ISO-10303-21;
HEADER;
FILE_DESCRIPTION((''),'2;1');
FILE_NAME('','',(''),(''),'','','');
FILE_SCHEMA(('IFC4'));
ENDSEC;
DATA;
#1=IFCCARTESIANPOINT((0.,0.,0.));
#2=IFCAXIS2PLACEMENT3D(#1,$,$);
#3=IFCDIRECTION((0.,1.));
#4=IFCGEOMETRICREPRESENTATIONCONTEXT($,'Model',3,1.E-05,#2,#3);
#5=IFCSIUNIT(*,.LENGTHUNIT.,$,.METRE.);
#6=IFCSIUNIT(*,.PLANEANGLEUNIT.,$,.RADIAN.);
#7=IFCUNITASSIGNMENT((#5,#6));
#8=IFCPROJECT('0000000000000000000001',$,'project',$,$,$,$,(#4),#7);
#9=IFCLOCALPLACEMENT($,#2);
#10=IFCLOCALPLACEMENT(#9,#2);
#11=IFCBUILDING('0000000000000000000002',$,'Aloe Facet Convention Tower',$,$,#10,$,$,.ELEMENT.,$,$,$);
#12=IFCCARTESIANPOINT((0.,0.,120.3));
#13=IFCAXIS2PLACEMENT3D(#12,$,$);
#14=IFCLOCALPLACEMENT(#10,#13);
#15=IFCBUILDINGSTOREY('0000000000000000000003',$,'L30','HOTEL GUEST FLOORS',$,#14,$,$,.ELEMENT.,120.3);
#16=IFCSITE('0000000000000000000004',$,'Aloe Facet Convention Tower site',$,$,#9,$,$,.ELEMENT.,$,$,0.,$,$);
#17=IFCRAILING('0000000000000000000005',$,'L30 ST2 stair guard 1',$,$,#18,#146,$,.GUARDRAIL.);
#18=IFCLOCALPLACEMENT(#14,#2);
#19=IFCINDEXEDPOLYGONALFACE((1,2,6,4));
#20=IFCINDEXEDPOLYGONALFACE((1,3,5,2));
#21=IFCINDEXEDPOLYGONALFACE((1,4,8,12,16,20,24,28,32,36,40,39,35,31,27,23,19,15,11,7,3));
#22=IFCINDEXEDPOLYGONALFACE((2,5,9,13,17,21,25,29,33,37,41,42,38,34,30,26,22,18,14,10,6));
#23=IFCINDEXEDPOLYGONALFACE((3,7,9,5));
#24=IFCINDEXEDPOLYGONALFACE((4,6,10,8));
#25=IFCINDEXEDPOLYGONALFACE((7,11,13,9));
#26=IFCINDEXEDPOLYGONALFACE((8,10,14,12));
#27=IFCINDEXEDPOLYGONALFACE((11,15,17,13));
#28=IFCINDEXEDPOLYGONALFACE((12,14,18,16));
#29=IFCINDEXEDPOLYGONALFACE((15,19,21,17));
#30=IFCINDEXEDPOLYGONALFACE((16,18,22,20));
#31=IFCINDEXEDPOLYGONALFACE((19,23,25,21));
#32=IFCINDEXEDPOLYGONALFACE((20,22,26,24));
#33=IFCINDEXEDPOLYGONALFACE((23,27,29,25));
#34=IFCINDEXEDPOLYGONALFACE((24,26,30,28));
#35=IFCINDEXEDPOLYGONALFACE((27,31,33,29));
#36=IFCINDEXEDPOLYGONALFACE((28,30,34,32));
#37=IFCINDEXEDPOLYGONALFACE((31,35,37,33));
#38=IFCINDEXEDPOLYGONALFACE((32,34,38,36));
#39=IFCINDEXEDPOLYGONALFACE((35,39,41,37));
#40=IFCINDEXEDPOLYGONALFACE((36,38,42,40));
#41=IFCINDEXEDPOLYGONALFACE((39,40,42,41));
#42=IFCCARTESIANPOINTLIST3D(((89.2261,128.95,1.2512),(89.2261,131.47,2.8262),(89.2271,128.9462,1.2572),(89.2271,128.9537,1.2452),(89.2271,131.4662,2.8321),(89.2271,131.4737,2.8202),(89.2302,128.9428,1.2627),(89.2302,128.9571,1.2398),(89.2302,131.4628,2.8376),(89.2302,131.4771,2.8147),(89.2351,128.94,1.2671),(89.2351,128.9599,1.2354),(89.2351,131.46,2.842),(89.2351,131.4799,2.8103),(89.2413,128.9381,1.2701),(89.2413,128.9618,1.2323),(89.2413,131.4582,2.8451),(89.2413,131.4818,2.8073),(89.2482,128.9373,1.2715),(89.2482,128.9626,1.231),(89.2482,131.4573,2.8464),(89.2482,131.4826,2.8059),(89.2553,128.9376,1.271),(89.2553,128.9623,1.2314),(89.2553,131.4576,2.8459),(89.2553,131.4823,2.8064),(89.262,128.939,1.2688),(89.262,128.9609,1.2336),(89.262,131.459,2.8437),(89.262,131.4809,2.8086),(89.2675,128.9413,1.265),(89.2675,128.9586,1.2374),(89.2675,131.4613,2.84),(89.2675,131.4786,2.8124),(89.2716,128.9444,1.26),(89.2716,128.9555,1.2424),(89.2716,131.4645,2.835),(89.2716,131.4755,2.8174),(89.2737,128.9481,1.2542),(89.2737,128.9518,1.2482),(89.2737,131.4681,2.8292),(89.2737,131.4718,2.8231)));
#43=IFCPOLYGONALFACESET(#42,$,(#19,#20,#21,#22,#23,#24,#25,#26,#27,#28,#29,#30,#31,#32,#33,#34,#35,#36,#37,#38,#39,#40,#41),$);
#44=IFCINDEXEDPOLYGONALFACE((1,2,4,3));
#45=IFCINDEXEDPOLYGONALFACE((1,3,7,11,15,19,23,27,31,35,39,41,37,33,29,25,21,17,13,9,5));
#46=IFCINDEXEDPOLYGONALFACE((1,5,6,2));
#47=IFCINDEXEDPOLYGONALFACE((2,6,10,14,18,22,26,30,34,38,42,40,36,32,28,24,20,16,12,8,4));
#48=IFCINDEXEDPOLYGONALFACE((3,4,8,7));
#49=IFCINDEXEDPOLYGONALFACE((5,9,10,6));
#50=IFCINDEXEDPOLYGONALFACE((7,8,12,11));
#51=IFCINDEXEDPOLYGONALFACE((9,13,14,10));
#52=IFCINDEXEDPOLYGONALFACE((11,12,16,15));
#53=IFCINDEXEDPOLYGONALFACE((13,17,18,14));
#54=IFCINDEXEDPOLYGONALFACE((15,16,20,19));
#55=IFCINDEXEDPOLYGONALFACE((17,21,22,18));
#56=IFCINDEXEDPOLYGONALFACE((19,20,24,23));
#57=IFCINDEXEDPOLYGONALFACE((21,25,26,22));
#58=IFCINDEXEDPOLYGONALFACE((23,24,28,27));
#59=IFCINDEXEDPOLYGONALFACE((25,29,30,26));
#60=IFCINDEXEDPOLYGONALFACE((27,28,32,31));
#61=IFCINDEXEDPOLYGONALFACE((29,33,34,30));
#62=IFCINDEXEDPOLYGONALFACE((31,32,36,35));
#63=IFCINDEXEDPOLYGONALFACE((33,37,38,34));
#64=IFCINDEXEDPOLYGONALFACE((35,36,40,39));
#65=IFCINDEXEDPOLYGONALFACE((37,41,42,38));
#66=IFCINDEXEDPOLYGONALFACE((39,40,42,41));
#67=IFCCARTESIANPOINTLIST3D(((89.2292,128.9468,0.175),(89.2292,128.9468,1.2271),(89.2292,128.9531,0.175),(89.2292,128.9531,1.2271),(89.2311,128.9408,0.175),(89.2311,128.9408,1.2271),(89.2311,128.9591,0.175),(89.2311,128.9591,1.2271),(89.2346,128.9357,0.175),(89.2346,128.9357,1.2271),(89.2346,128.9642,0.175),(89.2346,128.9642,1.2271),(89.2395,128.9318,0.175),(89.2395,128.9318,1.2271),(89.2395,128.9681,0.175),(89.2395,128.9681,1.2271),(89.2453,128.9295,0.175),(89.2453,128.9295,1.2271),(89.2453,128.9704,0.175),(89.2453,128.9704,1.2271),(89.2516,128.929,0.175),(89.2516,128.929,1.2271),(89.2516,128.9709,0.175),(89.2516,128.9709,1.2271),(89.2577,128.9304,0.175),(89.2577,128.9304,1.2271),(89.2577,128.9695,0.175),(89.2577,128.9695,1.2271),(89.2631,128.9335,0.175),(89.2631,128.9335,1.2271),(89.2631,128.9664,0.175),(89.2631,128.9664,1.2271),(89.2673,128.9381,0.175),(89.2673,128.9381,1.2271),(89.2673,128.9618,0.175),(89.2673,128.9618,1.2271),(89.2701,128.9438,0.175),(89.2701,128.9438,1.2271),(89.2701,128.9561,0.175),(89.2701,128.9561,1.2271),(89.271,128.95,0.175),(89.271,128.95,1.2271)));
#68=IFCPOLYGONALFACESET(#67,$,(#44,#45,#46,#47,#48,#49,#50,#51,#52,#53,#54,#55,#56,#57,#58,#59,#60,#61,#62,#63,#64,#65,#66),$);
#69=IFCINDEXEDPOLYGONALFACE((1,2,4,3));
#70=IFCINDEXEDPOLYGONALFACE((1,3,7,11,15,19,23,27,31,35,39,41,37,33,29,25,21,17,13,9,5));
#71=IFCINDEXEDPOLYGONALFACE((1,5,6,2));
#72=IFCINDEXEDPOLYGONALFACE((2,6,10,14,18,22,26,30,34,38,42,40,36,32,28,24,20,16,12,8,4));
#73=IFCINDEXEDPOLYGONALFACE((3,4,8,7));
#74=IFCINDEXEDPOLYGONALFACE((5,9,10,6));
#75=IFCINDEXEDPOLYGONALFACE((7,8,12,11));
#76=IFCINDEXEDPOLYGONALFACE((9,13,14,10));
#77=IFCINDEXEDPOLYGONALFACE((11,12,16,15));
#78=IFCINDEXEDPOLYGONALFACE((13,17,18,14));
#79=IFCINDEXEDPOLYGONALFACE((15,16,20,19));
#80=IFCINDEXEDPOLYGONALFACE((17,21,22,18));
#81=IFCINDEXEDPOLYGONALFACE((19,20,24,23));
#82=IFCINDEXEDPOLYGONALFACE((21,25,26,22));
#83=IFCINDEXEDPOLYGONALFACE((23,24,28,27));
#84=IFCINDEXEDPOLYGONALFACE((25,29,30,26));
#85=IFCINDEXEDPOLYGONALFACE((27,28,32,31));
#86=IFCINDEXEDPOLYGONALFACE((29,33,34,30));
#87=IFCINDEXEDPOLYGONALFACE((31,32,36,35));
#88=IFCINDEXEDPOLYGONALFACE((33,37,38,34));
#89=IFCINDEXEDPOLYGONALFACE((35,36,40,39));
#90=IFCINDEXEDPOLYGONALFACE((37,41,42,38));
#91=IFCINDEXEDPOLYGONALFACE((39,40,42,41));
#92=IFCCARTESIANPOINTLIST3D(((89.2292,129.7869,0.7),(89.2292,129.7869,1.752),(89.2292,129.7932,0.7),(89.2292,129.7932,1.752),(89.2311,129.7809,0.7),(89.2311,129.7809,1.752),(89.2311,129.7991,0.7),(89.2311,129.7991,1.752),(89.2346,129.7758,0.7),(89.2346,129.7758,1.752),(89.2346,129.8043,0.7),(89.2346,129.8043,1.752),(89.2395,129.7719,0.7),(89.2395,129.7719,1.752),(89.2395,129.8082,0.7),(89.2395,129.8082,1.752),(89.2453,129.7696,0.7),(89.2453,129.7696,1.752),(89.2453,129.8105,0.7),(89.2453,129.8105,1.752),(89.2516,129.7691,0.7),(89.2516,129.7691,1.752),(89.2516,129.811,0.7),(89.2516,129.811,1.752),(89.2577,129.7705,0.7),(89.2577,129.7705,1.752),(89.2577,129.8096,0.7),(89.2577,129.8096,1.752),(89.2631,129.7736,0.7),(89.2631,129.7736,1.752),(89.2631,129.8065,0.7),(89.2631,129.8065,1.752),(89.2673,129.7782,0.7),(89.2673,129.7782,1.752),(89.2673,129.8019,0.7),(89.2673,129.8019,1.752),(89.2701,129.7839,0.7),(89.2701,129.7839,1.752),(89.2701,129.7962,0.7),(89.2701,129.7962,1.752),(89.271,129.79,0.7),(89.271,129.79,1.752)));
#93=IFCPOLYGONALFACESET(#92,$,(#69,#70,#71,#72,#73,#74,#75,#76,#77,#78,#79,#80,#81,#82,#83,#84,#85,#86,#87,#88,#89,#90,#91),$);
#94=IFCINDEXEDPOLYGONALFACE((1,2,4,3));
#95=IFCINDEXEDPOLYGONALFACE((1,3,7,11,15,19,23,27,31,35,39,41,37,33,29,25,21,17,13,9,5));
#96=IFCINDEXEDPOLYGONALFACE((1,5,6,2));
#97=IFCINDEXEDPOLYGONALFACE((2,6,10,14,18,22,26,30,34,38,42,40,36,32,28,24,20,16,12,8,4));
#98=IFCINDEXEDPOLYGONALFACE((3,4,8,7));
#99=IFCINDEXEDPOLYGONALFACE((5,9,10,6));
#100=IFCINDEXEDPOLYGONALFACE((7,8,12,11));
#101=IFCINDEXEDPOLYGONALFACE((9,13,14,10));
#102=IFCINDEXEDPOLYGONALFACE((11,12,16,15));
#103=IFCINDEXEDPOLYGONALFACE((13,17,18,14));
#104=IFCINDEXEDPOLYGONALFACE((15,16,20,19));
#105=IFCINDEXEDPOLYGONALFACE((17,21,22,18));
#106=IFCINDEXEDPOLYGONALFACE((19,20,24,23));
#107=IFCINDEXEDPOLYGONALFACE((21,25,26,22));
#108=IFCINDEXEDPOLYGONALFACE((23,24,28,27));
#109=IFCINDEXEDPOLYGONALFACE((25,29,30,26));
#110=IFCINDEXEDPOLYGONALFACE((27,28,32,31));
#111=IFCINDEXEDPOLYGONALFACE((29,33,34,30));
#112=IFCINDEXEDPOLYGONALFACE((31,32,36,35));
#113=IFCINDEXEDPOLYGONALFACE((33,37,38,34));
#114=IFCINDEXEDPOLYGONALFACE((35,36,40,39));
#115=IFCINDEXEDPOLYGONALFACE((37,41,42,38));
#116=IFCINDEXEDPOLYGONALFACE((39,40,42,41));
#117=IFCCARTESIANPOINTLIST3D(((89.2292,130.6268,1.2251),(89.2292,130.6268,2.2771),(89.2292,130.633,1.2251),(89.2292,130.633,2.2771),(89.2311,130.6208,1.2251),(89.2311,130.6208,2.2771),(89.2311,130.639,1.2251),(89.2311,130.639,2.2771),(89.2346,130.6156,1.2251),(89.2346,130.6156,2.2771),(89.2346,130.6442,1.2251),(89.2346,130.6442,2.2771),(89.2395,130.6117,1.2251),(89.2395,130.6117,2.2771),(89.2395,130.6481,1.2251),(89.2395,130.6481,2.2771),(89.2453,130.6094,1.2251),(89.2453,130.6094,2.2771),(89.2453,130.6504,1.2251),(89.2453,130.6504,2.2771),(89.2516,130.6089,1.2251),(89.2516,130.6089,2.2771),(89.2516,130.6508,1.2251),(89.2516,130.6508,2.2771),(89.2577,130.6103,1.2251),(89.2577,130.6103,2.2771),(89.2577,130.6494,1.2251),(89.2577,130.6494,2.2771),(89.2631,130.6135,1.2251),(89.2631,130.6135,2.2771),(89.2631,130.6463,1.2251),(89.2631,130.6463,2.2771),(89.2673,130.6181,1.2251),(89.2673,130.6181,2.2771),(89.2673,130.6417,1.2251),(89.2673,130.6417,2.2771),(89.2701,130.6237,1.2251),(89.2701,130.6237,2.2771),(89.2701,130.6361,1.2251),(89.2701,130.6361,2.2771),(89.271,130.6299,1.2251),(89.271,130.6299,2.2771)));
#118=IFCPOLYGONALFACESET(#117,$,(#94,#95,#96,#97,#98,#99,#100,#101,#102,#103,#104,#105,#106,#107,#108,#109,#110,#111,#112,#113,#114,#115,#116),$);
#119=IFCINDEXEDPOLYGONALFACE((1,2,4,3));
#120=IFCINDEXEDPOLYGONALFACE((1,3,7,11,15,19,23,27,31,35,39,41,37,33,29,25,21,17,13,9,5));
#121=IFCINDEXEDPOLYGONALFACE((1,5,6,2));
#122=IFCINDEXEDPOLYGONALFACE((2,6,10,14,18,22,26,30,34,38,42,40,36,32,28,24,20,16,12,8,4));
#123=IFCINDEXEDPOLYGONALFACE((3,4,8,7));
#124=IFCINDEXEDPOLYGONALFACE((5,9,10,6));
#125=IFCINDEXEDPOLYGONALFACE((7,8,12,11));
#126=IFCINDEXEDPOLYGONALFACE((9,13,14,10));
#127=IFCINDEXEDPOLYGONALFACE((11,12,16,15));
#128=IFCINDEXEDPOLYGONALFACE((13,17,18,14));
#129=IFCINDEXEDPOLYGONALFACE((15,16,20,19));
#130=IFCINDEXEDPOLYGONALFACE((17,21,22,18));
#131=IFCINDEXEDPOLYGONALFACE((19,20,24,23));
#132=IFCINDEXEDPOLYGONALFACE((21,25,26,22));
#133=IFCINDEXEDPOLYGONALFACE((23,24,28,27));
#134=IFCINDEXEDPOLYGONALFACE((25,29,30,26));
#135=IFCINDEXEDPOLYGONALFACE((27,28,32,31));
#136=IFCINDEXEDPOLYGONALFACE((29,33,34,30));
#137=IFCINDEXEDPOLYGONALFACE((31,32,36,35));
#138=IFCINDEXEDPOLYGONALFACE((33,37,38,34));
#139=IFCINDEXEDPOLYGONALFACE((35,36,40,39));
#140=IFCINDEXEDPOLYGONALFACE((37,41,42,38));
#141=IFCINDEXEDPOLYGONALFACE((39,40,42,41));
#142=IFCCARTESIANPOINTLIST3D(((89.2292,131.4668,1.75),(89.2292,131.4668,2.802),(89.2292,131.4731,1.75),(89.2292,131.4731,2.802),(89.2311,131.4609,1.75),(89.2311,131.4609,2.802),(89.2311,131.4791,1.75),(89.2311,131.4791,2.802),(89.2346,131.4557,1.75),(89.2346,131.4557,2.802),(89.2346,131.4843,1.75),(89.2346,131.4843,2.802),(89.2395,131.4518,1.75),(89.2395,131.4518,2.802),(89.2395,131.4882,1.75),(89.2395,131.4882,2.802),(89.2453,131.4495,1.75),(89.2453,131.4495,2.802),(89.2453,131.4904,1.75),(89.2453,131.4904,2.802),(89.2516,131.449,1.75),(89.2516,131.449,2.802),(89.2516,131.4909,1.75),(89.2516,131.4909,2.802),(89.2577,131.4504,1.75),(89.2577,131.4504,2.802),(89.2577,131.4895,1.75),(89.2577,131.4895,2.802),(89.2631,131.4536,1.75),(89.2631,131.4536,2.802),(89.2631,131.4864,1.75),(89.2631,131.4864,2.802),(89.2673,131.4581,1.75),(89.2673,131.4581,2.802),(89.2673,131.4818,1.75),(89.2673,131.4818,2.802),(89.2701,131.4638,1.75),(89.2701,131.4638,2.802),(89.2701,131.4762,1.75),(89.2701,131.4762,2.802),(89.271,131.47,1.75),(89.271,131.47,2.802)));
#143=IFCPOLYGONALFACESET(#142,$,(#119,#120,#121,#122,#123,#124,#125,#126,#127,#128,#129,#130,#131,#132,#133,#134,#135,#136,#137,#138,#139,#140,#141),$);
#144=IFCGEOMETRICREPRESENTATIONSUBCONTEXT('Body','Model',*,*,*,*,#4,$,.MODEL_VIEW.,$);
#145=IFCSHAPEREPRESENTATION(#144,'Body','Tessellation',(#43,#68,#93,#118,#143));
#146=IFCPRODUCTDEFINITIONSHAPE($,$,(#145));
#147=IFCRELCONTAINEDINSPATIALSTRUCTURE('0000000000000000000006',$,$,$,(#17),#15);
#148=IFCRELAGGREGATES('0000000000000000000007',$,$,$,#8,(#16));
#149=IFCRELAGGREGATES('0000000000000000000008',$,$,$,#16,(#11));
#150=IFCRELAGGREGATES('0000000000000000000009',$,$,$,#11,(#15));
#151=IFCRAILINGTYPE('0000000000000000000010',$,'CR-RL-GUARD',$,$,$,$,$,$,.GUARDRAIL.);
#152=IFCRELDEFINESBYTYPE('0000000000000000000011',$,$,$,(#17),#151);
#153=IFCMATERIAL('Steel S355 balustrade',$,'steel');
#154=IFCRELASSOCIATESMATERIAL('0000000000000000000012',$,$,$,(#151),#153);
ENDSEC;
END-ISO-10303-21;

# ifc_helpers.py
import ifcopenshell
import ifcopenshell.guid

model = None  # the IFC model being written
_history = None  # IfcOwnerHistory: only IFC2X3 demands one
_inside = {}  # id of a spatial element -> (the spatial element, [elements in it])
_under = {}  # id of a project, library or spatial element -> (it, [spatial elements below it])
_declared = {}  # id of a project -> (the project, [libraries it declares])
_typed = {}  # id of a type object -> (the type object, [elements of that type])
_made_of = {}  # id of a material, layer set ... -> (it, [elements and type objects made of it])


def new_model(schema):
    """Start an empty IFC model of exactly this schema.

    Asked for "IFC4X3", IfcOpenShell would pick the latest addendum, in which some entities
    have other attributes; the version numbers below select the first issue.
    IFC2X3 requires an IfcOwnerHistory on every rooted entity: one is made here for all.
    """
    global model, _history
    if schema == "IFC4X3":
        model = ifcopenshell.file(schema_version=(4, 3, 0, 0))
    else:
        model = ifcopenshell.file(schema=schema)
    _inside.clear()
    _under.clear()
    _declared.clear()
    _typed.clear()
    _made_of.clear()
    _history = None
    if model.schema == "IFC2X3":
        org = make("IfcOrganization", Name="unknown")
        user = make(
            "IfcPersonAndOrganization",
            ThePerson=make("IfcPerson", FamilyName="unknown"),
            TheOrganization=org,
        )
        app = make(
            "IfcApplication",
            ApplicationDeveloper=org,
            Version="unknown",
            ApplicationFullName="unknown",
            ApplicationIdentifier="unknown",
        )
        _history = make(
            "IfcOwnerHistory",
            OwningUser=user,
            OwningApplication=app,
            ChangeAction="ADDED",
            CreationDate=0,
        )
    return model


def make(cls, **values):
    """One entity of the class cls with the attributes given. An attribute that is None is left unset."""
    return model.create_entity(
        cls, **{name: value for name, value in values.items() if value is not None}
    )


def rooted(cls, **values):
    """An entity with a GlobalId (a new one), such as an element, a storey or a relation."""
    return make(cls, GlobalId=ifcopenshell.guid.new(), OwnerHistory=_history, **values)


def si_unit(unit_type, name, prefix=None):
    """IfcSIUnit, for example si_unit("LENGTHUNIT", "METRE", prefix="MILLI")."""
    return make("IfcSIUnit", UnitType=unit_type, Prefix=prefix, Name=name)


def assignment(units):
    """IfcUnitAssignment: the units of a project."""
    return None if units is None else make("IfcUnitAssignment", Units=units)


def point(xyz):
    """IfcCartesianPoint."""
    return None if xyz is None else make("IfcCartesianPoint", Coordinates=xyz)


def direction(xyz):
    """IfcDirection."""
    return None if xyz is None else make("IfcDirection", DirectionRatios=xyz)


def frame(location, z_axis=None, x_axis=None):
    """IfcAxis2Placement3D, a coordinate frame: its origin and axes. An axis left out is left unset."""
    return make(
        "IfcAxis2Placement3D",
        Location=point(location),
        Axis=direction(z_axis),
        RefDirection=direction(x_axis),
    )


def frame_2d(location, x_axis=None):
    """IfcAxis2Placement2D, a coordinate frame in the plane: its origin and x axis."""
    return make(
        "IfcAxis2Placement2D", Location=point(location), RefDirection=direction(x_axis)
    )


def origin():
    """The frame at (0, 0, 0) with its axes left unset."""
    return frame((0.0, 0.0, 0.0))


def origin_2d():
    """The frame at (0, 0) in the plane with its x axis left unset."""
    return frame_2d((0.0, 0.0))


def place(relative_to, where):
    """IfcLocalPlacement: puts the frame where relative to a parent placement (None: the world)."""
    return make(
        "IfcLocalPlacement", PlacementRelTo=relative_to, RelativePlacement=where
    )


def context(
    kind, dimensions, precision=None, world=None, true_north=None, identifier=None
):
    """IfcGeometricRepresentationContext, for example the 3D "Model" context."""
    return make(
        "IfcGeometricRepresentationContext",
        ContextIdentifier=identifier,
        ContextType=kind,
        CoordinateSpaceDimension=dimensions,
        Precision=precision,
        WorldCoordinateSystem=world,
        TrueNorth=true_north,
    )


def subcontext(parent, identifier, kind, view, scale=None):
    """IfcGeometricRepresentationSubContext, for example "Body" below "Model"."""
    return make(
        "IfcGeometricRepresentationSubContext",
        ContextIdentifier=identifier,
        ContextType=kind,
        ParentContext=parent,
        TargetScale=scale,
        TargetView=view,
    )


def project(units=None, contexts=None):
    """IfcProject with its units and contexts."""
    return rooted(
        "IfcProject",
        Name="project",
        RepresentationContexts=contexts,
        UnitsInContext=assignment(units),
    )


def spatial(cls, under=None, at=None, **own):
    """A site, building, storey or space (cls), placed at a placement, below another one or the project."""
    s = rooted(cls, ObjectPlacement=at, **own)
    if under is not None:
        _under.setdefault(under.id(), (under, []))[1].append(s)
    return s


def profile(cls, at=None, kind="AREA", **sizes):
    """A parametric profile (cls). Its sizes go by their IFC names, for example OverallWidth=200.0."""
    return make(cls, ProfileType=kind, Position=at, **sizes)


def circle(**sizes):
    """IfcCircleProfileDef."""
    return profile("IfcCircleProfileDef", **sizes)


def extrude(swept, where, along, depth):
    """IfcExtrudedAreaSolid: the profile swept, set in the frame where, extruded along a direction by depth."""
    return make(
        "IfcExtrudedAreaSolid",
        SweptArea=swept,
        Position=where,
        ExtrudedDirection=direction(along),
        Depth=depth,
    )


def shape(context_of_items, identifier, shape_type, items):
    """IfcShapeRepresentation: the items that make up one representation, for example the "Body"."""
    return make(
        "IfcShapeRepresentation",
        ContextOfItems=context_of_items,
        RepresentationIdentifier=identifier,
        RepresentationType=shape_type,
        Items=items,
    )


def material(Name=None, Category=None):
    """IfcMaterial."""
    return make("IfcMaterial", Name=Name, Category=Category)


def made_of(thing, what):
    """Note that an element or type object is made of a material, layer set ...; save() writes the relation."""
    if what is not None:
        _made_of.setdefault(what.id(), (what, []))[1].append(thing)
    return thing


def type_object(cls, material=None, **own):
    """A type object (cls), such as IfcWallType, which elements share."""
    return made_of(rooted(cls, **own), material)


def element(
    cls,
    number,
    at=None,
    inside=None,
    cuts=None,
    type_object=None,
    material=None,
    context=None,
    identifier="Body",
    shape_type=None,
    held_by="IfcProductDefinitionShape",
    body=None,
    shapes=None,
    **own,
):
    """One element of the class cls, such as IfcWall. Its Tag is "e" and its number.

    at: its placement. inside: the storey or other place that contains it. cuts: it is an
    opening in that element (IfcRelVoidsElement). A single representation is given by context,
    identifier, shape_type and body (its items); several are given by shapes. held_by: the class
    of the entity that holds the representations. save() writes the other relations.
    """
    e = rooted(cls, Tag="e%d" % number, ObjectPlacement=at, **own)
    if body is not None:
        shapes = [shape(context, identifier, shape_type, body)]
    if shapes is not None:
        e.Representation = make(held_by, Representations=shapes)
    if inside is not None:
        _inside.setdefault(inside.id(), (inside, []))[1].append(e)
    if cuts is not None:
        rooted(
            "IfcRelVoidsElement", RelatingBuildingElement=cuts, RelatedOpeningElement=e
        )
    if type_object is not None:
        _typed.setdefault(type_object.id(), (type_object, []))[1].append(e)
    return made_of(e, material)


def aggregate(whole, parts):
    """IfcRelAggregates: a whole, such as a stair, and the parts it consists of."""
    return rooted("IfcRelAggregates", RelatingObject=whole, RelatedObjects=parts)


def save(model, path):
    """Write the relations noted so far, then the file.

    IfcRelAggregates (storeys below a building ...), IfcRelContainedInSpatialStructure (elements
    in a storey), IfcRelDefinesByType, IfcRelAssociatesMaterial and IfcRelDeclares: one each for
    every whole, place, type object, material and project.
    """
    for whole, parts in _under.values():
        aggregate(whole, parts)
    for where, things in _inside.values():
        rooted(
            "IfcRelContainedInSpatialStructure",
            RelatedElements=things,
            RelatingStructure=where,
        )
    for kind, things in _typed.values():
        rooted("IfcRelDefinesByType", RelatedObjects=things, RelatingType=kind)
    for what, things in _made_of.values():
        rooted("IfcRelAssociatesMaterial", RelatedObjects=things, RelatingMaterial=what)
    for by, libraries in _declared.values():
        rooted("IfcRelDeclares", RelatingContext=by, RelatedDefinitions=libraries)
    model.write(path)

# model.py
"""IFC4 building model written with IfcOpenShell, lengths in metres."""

from ifc_helpers import new_model, si_unit, direction, frame, origin, origin_2d, place, context, subcontext, project, spatial, circle, extrude, material, type_object, element, save


model = new_model("IFC4")

# Units and contexts
model_context = context("Model", 3, precision=1e-05, world=origin(), true_north=direction((0.0, 1.0)))
body_context = subcontext(model_context, "Body", "Model", "MODEL_VIEW")
ifc_project = project(units=[si_unit("LENGTHUNIT", "METRE"), si_unit("PLANEANGLEUNIT", "RADIAN")], contexts=[model_context])

# Site, building, storey
site_placement = place(None, origin())
site = spatial("IfcSite", under=ifc_project, at=site_placement, Name="Aloe Facet Convention Tower site", CompositionType="ELEMENT", RefElevation=0.0)
building_placement = place(site_placement, origin())
building = spatial("IfcBuilding", under=site, at=building_placement, Name="Aloe Facet Convention Tower", CompositionType="ELEMENT")
storey_placement = place(building_placement, frame((0.0, 0.0, 120.3)))
storey = spatial("IfcBuildingStorey", under=building, at=storey_placement, Name="L30", Description="HOTEL GUEST FLOORS", CompositionType="ELEMENT", Elevation=120.3)

# Railing
ifc_material_1 = material(Name="Steel S355 balustrade", Category="steel")
railing_type_1 = type_object("IfcRailingType", Name="CR-RL-GUARD", PredefinedType="GUARDRAIL", material=ifc_material_1)
railing_1_placement = place(storey_placement, frame((89.25, 128.95, 0.175)))
element("IfcRailing", 1, at=railing_1_placement, inside=storey, type_object=railing_type_1, Name="L30 ST2 stair guard 1", PredefinedType="GUARDRAIL", context=body_context, shape_type="SweptSolid", body=[
    extrude(circle(Radius=0.0239, at=origin_2d()), frame((0.0, 0.0, 1.0762), z_axis=(0.0, 0.848008, 0.529984), x_axis=(-1.0, 0.0, 0.0)), (0.0, 0.0, 1.0), 2.9717),
    extrude(circle(Radius=0.021, at=origin_2d()), origin(), (0.0, 0.0, 1.0), 1.052),
    extrude(circle(Radius=0.021, at=origin_2d()), frame((0.0, 0.8401, 0.5249)), (0.0, 0.0, 1.0), 1.052),
    extrude(circle(Radius=0.021, at=origin_2d()), frame((0.0, 1.6799, 1.05)), (0.0, 0.0, 1.0), 1.052),
    extrude(circle(Radius=0.021, at=origin_2d()), frame((0.0, 2.52, 1.575)), (0.0, 0.0, 1.0), 1.052),
])

save(model, "model.ifc")
